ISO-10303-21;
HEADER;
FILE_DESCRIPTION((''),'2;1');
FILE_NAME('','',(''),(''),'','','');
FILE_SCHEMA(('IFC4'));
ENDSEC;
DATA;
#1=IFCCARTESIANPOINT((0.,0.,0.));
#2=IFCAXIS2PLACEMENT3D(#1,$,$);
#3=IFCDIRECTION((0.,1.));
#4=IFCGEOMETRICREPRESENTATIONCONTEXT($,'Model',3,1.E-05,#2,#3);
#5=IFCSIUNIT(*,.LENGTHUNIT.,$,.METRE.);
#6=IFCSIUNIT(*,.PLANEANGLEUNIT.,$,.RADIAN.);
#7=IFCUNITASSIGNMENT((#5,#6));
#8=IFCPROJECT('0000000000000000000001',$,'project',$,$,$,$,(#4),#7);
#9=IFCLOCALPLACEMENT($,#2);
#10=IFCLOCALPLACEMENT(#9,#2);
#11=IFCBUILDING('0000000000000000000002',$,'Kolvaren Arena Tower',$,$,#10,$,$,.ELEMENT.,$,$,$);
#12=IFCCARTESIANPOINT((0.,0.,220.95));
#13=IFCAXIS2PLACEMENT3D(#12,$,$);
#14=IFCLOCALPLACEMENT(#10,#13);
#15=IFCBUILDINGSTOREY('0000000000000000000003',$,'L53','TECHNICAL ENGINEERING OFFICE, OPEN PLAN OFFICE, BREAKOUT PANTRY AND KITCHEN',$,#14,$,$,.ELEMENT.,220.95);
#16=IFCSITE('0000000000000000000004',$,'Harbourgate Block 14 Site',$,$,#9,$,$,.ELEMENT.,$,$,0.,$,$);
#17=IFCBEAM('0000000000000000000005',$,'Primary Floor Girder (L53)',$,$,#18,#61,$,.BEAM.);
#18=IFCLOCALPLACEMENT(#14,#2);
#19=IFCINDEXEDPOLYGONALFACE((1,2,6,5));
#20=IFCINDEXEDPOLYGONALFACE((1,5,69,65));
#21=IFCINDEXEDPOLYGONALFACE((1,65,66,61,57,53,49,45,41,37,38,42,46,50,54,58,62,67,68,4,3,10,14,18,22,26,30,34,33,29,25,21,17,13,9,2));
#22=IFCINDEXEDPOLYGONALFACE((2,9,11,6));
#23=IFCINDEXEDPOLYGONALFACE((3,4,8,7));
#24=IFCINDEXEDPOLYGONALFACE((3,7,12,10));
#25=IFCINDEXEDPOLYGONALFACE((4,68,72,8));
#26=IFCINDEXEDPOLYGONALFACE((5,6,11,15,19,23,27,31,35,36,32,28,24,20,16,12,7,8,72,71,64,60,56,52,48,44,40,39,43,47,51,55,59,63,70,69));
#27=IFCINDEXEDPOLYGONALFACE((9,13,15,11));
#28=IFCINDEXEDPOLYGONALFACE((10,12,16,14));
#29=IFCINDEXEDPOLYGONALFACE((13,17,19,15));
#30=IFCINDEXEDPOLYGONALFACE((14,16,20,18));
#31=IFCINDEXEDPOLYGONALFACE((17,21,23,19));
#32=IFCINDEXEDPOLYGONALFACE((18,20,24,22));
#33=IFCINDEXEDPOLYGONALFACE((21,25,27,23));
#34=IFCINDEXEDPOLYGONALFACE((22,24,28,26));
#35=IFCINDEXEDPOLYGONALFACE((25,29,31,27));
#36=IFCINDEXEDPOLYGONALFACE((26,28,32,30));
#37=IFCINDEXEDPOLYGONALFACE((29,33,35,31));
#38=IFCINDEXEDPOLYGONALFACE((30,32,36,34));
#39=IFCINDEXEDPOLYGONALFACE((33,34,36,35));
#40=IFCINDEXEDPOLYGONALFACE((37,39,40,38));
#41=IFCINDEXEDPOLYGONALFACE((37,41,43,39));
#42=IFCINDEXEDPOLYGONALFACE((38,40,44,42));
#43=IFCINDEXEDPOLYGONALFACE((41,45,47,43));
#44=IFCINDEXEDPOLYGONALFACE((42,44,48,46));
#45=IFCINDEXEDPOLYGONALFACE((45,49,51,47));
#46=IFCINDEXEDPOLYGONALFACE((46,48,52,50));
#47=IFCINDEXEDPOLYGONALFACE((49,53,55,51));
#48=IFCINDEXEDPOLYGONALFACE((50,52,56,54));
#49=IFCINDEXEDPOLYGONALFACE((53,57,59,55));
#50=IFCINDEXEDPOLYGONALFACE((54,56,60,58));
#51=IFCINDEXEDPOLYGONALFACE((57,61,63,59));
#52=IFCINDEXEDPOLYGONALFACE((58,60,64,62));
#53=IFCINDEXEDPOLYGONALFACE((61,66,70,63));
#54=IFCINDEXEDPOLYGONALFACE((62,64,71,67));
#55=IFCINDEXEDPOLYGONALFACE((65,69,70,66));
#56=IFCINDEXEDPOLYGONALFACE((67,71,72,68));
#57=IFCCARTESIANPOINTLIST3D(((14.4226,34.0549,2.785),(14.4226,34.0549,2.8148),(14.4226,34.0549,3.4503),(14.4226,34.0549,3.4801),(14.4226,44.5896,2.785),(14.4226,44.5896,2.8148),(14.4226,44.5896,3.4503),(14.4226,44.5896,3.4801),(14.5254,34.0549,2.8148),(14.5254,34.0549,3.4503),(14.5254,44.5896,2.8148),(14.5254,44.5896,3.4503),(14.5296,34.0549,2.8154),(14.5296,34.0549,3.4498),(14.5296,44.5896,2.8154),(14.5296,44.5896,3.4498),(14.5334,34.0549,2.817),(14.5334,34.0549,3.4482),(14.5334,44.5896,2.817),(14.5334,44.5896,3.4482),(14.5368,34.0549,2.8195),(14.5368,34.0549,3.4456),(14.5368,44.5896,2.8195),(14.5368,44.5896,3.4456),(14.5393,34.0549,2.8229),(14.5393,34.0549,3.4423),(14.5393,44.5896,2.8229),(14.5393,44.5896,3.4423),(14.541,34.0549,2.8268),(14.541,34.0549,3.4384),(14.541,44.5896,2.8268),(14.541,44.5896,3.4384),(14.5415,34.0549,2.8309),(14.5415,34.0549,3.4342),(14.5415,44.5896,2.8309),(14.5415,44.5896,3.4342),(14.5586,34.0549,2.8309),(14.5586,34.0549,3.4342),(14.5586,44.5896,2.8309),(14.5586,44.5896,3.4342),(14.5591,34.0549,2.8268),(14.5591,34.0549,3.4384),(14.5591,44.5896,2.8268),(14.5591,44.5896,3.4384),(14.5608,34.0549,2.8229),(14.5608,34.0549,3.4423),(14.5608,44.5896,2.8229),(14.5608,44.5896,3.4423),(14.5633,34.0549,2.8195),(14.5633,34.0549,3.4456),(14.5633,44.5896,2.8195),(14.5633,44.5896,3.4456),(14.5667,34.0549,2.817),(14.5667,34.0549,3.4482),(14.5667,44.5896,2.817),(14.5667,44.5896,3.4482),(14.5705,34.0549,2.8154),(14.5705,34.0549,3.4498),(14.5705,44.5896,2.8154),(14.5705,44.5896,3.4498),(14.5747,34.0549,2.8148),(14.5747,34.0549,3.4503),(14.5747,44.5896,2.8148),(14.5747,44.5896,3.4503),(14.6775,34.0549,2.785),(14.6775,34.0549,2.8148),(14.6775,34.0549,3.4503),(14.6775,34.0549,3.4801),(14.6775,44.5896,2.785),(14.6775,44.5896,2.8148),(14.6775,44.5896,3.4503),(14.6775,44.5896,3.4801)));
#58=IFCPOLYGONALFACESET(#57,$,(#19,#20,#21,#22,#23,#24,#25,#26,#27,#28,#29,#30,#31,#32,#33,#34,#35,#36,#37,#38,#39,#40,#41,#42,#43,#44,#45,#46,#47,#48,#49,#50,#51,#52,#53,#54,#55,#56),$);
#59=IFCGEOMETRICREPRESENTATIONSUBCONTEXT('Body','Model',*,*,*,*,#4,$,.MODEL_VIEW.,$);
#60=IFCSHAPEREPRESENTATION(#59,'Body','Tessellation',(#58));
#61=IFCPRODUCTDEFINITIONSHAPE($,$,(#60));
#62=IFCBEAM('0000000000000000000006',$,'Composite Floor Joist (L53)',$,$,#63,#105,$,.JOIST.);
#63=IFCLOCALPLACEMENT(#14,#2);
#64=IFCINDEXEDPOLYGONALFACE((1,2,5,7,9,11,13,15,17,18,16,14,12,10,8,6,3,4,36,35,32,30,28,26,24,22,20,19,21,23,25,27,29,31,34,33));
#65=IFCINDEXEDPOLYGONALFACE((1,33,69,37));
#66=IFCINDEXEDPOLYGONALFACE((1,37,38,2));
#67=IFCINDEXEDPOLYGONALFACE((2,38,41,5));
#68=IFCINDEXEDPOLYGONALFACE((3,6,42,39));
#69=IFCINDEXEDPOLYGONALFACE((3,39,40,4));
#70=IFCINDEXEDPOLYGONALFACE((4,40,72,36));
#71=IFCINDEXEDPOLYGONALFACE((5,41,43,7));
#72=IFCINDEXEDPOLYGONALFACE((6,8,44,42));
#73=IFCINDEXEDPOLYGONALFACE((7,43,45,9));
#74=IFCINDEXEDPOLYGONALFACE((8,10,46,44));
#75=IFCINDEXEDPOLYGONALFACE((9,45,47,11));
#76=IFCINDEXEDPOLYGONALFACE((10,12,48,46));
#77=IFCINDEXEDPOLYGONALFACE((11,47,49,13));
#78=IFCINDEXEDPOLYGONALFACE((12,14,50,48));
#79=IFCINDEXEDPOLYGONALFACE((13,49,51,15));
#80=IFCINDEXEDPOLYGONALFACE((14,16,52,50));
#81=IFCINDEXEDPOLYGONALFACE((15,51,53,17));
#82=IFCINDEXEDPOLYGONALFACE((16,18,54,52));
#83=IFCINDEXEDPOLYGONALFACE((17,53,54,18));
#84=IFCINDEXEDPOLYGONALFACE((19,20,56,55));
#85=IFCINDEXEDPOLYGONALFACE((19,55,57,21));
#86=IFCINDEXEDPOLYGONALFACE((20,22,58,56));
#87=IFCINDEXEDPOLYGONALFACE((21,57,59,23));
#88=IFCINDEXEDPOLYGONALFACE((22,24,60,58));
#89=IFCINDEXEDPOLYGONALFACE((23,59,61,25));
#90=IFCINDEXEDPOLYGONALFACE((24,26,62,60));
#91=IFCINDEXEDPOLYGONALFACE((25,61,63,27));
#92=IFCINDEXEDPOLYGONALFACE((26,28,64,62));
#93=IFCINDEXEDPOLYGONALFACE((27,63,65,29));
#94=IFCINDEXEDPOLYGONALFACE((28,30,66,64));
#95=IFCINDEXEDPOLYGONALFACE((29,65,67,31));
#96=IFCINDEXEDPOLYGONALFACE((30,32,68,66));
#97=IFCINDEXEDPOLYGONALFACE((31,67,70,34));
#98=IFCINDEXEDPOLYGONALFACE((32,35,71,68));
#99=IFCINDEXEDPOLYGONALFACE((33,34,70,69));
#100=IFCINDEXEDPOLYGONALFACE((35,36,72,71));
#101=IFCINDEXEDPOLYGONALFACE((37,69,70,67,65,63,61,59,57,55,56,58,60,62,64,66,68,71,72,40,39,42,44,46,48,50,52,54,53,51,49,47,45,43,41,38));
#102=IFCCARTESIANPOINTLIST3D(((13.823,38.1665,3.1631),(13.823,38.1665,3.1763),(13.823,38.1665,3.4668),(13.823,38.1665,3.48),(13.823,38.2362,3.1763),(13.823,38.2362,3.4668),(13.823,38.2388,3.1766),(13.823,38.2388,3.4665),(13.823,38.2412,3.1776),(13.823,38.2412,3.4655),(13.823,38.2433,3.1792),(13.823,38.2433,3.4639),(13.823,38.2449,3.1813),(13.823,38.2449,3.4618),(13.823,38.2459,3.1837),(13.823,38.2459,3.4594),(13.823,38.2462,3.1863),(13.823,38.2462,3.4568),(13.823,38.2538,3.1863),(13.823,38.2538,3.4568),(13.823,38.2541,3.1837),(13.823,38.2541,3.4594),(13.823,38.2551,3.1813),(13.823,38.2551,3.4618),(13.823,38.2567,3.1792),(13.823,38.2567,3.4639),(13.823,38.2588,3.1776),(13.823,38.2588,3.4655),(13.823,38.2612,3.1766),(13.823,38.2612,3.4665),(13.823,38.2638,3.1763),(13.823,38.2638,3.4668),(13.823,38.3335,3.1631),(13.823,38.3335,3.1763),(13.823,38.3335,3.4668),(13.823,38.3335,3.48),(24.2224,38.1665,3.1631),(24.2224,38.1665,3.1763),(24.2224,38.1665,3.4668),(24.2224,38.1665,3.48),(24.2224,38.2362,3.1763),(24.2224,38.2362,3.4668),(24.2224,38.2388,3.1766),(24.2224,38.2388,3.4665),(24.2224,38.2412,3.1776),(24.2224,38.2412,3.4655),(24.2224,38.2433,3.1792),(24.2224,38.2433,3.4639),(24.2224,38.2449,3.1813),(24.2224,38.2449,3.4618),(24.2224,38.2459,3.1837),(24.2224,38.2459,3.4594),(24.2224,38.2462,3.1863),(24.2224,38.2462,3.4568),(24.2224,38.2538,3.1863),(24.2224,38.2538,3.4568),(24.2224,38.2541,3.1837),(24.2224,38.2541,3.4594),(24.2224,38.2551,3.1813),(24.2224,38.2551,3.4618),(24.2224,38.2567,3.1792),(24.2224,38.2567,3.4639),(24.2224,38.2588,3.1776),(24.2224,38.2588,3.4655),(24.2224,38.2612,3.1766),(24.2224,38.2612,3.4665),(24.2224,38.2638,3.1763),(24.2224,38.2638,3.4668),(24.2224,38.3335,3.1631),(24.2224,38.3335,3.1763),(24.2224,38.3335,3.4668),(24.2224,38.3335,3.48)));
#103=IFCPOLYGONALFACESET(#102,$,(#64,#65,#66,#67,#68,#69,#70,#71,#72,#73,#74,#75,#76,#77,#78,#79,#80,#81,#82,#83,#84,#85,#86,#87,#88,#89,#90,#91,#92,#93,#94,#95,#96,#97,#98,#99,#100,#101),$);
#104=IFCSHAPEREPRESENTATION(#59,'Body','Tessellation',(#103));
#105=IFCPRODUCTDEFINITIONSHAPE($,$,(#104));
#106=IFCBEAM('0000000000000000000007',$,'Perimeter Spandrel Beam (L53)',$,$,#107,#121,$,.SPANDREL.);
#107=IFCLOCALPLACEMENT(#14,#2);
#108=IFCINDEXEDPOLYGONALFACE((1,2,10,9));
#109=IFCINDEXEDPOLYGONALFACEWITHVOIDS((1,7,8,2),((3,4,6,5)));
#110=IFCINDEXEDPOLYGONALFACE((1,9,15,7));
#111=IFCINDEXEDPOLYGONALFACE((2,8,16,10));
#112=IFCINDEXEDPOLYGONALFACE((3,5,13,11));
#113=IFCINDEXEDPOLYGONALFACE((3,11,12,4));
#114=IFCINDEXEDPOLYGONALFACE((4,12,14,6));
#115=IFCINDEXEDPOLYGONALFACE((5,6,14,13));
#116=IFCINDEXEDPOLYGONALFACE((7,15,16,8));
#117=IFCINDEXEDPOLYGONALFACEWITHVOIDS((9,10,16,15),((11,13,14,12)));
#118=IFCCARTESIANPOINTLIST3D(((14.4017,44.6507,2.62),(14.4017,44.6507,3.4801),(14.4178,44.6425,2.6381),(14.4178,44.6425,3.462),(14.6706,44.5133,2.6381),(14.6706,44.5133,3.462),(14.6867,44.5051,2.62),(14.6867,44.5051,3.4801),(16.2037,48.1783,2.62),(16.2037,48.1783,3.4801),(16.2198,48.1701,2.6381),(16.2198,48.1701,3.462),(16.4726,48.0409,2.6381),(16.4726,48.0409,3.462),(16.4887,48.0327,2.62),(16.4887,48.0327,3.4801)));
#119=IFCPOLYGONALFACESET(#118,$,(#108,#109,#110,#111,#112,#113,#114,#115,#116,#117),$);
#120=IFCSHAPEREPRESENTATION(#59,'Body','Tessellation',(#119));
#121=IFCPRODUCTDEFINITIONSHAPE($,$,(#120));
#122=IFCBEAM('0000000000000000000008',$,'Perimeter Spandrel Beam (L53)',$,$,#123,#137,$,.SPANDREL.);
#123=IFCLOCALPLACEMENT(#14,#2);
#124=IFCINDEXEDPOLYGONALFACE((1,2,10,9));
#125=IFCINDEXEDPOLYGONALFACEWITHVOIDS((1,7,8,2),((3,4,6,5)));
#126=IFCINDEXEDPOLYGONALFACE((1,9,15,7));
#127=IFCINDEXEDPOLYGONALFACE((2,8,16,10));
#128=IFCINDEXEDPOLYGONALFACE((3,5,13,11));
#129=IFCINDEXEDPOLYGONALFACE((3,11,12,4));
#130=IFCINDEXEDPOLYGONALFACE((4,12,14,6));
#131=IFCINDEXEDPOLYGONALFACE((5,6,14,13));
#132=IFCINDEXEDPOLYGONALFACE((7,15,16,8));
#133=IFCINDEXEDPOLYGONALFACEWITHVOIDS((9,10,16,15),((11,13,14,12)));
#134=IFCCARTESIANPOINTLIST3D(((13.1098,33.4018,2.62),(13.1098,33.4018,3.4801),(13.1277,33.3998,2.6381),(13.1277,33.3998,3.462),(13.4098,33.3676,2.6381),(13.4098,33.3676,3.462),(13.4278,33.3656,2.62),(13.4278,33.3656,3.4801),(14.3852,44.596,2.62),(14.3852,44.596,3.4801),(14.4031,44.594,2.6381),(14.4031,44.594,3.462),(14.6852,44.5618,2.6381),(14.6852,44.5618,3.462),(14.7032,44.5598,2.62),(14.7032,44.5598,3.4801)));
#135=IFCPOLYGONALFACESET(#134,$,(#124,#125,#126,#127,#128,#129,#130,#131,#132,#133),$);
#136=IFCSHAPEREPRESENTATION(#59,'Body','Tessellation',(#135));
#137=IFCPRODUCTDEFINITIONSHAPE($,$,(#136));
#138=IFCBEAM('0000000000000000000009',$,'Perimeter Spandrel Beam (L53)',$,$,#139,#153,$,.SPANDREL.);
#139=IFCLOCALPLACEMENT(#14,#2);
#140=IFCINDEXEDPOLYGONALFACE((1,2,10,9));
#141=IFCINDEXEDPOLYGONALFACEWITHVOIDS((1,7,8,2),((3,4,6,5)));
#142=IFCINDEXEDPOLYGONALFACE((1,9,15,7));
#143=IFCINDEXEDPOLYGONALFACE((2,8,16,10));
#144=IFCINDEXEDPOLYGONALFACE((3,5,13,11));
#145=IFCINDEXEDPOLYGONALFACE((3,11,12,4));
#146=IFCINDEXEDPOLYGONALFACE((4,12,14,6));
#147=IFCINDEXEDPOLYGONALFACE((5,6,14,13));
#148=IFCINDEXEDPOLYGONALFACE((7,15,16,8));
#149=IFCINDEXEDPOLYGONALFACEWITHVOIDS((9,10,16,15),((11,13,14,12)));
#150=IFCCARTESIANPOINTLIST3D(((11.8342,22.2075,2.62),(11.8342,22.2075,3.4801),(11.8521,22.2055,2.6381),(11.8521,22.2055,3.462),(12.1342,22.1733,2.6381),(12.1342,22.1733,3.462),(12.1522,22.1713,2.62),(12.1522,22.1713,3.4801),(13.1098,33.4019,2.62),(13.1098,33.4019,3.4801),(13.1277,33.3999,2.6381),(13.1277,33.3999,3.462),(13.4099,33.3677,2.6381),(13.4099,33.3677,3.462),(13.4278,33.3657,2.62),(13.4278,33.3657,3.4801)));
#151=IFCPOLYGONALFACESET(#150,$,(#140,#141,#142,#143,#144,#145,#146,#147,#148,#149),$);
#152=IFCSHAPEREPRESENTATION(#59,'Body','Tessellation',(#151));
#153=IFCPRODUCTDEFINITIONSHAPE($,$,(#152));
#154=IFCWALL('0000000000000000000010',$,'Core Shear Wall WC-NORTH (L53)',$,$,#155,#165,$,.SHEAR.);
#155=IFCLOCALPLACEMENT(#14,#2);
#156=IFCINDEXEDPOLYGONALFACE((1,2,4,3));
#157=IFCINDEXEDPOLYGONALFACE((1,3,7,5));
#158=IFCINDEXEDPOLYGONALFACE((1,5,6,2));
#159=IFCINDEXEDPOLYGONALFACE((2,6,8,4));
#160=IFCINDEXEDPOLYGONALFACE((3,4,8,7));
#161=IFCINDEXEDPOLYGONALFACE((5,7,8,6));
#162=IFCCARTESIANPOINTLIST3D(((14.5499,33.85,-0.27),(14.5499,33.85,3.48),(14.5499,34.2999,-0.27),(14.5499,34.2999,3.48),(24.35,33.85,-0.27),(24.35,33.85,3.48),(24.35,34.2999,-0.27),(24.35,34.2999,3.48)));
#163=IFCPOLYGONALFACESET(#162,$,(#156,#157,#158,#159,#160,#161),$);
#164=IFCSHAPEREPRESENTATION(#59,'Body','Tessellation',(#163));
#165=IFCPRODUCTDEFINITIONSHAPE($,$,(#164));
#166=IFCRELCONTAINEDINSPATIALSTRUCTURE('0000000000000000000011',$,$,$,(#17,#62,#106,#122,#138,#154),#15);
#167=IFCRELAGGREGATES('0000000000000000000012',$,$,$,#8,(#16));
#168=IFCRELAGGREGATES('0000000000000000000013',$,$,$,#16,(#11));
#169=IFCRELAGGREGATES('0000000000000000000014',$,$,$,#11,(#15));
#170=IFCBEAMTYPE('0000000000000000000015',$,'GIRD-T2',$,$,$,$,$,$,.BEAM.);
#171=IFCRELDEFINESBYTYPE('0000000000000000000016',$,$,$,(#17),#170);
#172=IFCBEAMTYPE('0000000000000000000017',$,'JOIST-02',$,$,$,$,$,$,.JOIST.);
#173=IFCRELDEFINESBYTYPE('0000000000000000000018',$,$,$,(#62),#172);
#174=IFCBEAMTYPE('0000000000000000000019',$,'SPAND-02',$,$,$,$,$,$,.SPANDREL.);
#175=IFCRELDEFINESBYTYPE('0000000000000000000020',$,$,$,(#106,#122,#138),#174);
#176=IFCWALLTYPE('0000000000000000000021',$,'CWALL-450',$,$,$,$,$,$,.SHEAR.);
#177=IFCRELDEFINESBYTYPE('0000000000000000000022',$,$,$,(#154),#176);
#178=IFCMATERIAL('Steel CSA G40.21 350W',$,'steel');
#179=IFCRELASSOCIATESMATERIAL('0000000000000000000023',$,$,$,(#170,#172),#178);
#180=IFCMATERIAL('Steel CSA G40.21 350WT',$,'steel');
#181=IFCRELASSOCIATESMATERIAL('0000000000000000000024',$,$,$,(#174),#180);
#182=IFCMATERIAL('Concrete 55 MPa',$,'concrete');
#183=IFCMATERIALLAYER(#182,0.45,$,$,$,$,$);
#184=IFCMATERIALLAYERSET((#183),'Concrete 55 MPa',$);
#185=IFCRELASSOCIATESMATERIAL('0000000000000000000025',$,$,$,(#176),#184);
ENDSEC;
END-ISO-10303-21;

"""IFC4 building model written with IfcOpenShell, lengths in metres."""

from ifc_helpers import new_model, si_unit, direction, frame, frame_2d, origin, origin_2d, place, context, subcontext, project, spatial, rectangle, hollow_rectangle, i_section, extrude, material, layer, layer_set, material_profile, profile_set, type_object, element, save


model = new_model("IFC4")

# Units and contexts
model_context = context("Model", 3, precision=1e-05, world=origin(), true_north=direction((0.0, 1.0)))
body_context = subcontext(model_context, "Body", "Model", "MODEL_VIEW")
ifc_project = project(units=[si_unit("LENGTHUNIT", "METRE"), si_unit("PLANEANGLEUNIT", "RADIAN")], contexts=[model_context])

# Site, building, storey
site_placement = place(None, origin())
site = spatial("IfcSite", under=ifc_project, at=site_placement, Name="Harbourgate Block 14 Site", CompositionType="ELEMENT", RefElevation=0.0)
building_placement = place(site_placement, origin())
building = spatial("IfcBuilding", under=site, at=building_placement, Name="Kolvaren Arena Tower", CompositionType="ELEMENT")
storey_placement = place(building_placement, frame((0.0, 0.0, 220.95)))
storey = spatial("IfcBuildingStorey", under=building, at=storey_placement, Name="L53", Description="TECHNICAL ENGINEERING OFFICE, OPEN PLAN OFFICE, BREAKOUT PANTRY AND KITCHEN", CompositionType="ELEMENT", Elevation=220.95)

# Beams
ifc_material_1 = material(Name="Steel CSA G40.21 350W", Category="steel")
ifc_material_profile_1 = material_profile(ifc_material_1, i_section(OverallWidth=0.2549, OverallDepth=0.6951, WebThickness=0.0171, FlangeThickness=0.0298, FilletRadius=0.0161, at=origin_2d()), Name="W690x217")
ifc_profile_set_1 = profile_set([ifc_material_profile_1], Name="Steel CSA G40.21 350W")
beam_type_1 = type_object("IfcBeamType", Name="GIRD-T2", PredefinedType="BEAM", material=ifc_profile_set_1)
beam_1_placement = place(storey_placement, frame((14.55, 34.0549, 3.1326), z_axis=(0.0, 1.0, 0.0), x_axis=(-1.0, 0.0, 0.0)))
element("IfcBeam", 1, at=beam_1_placement, inside=storey, type_object=beam_type_1, Name="Primary Floor Girder (L53)", PredefinedType="BEAM", context=body_context, shape_type="SweptSolid", body=[
    extrude(i_section(OverallWidth=0.2549, OverallDepth=0.6951, WebThickness=0.0171, FlangeThickness=0.0298, FilletRadius=0.0161, at=origin_2d()), origin(), (0.0, 0.0, 1.0), 10.5347),
])
ifc_material_profile_2 = material_profile(ifc_material_1, i_section(OverallWidth=0.167, OverallDepth=0.3169, WebThickness=0.0076, FlangeThickness=0.0132, FilletRadius=0.01, at=origin_2d()), Name="W310x52")
ifc_profile_set_2 = profile_set([ifc_material_profile_2], Name="Steel CSA G40.21 350W")
beam_type_2 = type_object("IfcBeamType", Name="JOIST-02", PredefinedType="JOIST", material=ifc_profile_set_2)
beam_2_placement = place(storey_placement, frame((13.823, 38.25, 3.3215), z_axis=(1.0, 0.0, 0.0), x_axis=(0.0, 1.0, 0.0)))
element("IfcBeam", 2, at=beam_2_placement, inside=storey, type_object=beam_type_2, Name="Composite Floor Joist (L53)", PredefinedType="JOIST", context=body_context, shape_type="SweptSolid", body=[
    extrude(i_section(OverallWidth=0.167, OverallDepth=0.3169, WebThickness=0.0076, FlangeThickness=0.0132, FilletRadius=0.01, at=origin_2d()), origin(), (0.0, 0.0, 1.0), 10.3994),
])
ifc_material_2 = material(Name="Steel CSA G40.21 350WT", Category="steel")
ifc_material_profile_3 = material_profile(ifc_material_2, hollow_rectangle(XDim=0.3201, YDim=0.8601, WallThickness=0.0181, at=origin_2d()), Name="HSS 860x320x18")
ifc_profile_set_3 = profile_set([ifc_material_profile_3], Name="Steel CSA G40.21 350WT")
beam_type_3 = type_object("IfcBeamType", Name="SPAND-02", PredefinedType="SPANDREL", material=ifc_profile_set_3)
beam_3_placement = place(storey_placement, frame((16.3462, 48.1055, 3.05), z_axis=(-0.454913, -0.890536, 0.0), x_axis=(0.890536, -0.454913, 0.0)))
element("IfcBeam", 3, at=beam_3_placement, inside=storey, type_object=beam_type_3, Name="Perimeter Spandrel Beam (L53)", PredefinedType="SPANDREL", context=body_context, shape_type="SweptSolid", body=[
    extrude(hollow_rectangle(XDim=0.3201, YDim=0.8601, WallThickness=0.0181, at=origin_2d()), origin(), (0.0, 0.0, 1.0), 3.9612),
])
beam_4_placement = place(storey_placement, frame((14.5442, 44.5779, 3.05), z_axis=(-0.113202, -0.993572, 0.0), x_axis=(0.993572, -0.113202, 0.0)))
element("IfcBeam", 4, at=beam_4_placement, inside=storey, type_object=beam_type_3, Name="Perimeter Spandrel Beam (L53)", PredefinedType="SPANDREL", context=body_context, shape_type="SweptSolid", body=[
    extrude(hollow_rectangle(XDim=0.3201, YDim=0.8601, WallThickness=0.0181, at=origin_2d()), origin(), (0.0, 0.0, 1.0), 11.2666),
])
beam_5_placement = place(storey_placement, frame((13.2688, 33.3838, 3.05), z_axis=(-0.113221, -0.99357, 0.0), x_axis=(0.99357, -0.113221, 0.0)))
element("IfcBeam", 5, at=beam_5_placement, inside=storey, type_object=beam_type_3, Name="Perimeter Spandrel Beam (L53)", PredefinedType="SPANDREL", context=body_context, shape_type="SweptSolid", body=[
    extrude(hollow_rectangle(XDim=0.3201, YDim=0.8601, WallThickness=0.0181, at=origin_2d()), origin(), (0.0, 0.0, 1.0), 11.2668),
])

# Wall
ifc_material_3 = material(Name="Concrete 55 MPa", Category="concrete")
ifc_layer_1 = layer(ifc_material_3, 0.45)
ifc_layer_set_1 = layer_set([ifc_layer_1], Name="Concrete 55 MPa")
wall_type_1 = type_object("IfcWallType", Name="CWALL-450", PredefinedType="SHEAR", material=ifc_layer_set_1)
wall_1_placement = place(storey_placement, frame((14.55, 34.075, -0.27), z_axis=(0.0, 0.0, 1.0), x_axis=(1.0, 0.0, 0.0)))
element("IfcWall", 6, at=wall_1_placement, inside=storey, type_object=wall_type_1, Name="Core Shear Wall WC-NORTH (L53)", PredefinedType="SHEAR", context=body_context, shape_type="SweptSolid", body=[
    extrude(rectangle(XDim=9.8, YDim=0.45, at=frame_2d((4.8999, 0.0))), origin(), (0.0, 0.0, 1.0), 3.75),
])

save(model, "model.ifc")
